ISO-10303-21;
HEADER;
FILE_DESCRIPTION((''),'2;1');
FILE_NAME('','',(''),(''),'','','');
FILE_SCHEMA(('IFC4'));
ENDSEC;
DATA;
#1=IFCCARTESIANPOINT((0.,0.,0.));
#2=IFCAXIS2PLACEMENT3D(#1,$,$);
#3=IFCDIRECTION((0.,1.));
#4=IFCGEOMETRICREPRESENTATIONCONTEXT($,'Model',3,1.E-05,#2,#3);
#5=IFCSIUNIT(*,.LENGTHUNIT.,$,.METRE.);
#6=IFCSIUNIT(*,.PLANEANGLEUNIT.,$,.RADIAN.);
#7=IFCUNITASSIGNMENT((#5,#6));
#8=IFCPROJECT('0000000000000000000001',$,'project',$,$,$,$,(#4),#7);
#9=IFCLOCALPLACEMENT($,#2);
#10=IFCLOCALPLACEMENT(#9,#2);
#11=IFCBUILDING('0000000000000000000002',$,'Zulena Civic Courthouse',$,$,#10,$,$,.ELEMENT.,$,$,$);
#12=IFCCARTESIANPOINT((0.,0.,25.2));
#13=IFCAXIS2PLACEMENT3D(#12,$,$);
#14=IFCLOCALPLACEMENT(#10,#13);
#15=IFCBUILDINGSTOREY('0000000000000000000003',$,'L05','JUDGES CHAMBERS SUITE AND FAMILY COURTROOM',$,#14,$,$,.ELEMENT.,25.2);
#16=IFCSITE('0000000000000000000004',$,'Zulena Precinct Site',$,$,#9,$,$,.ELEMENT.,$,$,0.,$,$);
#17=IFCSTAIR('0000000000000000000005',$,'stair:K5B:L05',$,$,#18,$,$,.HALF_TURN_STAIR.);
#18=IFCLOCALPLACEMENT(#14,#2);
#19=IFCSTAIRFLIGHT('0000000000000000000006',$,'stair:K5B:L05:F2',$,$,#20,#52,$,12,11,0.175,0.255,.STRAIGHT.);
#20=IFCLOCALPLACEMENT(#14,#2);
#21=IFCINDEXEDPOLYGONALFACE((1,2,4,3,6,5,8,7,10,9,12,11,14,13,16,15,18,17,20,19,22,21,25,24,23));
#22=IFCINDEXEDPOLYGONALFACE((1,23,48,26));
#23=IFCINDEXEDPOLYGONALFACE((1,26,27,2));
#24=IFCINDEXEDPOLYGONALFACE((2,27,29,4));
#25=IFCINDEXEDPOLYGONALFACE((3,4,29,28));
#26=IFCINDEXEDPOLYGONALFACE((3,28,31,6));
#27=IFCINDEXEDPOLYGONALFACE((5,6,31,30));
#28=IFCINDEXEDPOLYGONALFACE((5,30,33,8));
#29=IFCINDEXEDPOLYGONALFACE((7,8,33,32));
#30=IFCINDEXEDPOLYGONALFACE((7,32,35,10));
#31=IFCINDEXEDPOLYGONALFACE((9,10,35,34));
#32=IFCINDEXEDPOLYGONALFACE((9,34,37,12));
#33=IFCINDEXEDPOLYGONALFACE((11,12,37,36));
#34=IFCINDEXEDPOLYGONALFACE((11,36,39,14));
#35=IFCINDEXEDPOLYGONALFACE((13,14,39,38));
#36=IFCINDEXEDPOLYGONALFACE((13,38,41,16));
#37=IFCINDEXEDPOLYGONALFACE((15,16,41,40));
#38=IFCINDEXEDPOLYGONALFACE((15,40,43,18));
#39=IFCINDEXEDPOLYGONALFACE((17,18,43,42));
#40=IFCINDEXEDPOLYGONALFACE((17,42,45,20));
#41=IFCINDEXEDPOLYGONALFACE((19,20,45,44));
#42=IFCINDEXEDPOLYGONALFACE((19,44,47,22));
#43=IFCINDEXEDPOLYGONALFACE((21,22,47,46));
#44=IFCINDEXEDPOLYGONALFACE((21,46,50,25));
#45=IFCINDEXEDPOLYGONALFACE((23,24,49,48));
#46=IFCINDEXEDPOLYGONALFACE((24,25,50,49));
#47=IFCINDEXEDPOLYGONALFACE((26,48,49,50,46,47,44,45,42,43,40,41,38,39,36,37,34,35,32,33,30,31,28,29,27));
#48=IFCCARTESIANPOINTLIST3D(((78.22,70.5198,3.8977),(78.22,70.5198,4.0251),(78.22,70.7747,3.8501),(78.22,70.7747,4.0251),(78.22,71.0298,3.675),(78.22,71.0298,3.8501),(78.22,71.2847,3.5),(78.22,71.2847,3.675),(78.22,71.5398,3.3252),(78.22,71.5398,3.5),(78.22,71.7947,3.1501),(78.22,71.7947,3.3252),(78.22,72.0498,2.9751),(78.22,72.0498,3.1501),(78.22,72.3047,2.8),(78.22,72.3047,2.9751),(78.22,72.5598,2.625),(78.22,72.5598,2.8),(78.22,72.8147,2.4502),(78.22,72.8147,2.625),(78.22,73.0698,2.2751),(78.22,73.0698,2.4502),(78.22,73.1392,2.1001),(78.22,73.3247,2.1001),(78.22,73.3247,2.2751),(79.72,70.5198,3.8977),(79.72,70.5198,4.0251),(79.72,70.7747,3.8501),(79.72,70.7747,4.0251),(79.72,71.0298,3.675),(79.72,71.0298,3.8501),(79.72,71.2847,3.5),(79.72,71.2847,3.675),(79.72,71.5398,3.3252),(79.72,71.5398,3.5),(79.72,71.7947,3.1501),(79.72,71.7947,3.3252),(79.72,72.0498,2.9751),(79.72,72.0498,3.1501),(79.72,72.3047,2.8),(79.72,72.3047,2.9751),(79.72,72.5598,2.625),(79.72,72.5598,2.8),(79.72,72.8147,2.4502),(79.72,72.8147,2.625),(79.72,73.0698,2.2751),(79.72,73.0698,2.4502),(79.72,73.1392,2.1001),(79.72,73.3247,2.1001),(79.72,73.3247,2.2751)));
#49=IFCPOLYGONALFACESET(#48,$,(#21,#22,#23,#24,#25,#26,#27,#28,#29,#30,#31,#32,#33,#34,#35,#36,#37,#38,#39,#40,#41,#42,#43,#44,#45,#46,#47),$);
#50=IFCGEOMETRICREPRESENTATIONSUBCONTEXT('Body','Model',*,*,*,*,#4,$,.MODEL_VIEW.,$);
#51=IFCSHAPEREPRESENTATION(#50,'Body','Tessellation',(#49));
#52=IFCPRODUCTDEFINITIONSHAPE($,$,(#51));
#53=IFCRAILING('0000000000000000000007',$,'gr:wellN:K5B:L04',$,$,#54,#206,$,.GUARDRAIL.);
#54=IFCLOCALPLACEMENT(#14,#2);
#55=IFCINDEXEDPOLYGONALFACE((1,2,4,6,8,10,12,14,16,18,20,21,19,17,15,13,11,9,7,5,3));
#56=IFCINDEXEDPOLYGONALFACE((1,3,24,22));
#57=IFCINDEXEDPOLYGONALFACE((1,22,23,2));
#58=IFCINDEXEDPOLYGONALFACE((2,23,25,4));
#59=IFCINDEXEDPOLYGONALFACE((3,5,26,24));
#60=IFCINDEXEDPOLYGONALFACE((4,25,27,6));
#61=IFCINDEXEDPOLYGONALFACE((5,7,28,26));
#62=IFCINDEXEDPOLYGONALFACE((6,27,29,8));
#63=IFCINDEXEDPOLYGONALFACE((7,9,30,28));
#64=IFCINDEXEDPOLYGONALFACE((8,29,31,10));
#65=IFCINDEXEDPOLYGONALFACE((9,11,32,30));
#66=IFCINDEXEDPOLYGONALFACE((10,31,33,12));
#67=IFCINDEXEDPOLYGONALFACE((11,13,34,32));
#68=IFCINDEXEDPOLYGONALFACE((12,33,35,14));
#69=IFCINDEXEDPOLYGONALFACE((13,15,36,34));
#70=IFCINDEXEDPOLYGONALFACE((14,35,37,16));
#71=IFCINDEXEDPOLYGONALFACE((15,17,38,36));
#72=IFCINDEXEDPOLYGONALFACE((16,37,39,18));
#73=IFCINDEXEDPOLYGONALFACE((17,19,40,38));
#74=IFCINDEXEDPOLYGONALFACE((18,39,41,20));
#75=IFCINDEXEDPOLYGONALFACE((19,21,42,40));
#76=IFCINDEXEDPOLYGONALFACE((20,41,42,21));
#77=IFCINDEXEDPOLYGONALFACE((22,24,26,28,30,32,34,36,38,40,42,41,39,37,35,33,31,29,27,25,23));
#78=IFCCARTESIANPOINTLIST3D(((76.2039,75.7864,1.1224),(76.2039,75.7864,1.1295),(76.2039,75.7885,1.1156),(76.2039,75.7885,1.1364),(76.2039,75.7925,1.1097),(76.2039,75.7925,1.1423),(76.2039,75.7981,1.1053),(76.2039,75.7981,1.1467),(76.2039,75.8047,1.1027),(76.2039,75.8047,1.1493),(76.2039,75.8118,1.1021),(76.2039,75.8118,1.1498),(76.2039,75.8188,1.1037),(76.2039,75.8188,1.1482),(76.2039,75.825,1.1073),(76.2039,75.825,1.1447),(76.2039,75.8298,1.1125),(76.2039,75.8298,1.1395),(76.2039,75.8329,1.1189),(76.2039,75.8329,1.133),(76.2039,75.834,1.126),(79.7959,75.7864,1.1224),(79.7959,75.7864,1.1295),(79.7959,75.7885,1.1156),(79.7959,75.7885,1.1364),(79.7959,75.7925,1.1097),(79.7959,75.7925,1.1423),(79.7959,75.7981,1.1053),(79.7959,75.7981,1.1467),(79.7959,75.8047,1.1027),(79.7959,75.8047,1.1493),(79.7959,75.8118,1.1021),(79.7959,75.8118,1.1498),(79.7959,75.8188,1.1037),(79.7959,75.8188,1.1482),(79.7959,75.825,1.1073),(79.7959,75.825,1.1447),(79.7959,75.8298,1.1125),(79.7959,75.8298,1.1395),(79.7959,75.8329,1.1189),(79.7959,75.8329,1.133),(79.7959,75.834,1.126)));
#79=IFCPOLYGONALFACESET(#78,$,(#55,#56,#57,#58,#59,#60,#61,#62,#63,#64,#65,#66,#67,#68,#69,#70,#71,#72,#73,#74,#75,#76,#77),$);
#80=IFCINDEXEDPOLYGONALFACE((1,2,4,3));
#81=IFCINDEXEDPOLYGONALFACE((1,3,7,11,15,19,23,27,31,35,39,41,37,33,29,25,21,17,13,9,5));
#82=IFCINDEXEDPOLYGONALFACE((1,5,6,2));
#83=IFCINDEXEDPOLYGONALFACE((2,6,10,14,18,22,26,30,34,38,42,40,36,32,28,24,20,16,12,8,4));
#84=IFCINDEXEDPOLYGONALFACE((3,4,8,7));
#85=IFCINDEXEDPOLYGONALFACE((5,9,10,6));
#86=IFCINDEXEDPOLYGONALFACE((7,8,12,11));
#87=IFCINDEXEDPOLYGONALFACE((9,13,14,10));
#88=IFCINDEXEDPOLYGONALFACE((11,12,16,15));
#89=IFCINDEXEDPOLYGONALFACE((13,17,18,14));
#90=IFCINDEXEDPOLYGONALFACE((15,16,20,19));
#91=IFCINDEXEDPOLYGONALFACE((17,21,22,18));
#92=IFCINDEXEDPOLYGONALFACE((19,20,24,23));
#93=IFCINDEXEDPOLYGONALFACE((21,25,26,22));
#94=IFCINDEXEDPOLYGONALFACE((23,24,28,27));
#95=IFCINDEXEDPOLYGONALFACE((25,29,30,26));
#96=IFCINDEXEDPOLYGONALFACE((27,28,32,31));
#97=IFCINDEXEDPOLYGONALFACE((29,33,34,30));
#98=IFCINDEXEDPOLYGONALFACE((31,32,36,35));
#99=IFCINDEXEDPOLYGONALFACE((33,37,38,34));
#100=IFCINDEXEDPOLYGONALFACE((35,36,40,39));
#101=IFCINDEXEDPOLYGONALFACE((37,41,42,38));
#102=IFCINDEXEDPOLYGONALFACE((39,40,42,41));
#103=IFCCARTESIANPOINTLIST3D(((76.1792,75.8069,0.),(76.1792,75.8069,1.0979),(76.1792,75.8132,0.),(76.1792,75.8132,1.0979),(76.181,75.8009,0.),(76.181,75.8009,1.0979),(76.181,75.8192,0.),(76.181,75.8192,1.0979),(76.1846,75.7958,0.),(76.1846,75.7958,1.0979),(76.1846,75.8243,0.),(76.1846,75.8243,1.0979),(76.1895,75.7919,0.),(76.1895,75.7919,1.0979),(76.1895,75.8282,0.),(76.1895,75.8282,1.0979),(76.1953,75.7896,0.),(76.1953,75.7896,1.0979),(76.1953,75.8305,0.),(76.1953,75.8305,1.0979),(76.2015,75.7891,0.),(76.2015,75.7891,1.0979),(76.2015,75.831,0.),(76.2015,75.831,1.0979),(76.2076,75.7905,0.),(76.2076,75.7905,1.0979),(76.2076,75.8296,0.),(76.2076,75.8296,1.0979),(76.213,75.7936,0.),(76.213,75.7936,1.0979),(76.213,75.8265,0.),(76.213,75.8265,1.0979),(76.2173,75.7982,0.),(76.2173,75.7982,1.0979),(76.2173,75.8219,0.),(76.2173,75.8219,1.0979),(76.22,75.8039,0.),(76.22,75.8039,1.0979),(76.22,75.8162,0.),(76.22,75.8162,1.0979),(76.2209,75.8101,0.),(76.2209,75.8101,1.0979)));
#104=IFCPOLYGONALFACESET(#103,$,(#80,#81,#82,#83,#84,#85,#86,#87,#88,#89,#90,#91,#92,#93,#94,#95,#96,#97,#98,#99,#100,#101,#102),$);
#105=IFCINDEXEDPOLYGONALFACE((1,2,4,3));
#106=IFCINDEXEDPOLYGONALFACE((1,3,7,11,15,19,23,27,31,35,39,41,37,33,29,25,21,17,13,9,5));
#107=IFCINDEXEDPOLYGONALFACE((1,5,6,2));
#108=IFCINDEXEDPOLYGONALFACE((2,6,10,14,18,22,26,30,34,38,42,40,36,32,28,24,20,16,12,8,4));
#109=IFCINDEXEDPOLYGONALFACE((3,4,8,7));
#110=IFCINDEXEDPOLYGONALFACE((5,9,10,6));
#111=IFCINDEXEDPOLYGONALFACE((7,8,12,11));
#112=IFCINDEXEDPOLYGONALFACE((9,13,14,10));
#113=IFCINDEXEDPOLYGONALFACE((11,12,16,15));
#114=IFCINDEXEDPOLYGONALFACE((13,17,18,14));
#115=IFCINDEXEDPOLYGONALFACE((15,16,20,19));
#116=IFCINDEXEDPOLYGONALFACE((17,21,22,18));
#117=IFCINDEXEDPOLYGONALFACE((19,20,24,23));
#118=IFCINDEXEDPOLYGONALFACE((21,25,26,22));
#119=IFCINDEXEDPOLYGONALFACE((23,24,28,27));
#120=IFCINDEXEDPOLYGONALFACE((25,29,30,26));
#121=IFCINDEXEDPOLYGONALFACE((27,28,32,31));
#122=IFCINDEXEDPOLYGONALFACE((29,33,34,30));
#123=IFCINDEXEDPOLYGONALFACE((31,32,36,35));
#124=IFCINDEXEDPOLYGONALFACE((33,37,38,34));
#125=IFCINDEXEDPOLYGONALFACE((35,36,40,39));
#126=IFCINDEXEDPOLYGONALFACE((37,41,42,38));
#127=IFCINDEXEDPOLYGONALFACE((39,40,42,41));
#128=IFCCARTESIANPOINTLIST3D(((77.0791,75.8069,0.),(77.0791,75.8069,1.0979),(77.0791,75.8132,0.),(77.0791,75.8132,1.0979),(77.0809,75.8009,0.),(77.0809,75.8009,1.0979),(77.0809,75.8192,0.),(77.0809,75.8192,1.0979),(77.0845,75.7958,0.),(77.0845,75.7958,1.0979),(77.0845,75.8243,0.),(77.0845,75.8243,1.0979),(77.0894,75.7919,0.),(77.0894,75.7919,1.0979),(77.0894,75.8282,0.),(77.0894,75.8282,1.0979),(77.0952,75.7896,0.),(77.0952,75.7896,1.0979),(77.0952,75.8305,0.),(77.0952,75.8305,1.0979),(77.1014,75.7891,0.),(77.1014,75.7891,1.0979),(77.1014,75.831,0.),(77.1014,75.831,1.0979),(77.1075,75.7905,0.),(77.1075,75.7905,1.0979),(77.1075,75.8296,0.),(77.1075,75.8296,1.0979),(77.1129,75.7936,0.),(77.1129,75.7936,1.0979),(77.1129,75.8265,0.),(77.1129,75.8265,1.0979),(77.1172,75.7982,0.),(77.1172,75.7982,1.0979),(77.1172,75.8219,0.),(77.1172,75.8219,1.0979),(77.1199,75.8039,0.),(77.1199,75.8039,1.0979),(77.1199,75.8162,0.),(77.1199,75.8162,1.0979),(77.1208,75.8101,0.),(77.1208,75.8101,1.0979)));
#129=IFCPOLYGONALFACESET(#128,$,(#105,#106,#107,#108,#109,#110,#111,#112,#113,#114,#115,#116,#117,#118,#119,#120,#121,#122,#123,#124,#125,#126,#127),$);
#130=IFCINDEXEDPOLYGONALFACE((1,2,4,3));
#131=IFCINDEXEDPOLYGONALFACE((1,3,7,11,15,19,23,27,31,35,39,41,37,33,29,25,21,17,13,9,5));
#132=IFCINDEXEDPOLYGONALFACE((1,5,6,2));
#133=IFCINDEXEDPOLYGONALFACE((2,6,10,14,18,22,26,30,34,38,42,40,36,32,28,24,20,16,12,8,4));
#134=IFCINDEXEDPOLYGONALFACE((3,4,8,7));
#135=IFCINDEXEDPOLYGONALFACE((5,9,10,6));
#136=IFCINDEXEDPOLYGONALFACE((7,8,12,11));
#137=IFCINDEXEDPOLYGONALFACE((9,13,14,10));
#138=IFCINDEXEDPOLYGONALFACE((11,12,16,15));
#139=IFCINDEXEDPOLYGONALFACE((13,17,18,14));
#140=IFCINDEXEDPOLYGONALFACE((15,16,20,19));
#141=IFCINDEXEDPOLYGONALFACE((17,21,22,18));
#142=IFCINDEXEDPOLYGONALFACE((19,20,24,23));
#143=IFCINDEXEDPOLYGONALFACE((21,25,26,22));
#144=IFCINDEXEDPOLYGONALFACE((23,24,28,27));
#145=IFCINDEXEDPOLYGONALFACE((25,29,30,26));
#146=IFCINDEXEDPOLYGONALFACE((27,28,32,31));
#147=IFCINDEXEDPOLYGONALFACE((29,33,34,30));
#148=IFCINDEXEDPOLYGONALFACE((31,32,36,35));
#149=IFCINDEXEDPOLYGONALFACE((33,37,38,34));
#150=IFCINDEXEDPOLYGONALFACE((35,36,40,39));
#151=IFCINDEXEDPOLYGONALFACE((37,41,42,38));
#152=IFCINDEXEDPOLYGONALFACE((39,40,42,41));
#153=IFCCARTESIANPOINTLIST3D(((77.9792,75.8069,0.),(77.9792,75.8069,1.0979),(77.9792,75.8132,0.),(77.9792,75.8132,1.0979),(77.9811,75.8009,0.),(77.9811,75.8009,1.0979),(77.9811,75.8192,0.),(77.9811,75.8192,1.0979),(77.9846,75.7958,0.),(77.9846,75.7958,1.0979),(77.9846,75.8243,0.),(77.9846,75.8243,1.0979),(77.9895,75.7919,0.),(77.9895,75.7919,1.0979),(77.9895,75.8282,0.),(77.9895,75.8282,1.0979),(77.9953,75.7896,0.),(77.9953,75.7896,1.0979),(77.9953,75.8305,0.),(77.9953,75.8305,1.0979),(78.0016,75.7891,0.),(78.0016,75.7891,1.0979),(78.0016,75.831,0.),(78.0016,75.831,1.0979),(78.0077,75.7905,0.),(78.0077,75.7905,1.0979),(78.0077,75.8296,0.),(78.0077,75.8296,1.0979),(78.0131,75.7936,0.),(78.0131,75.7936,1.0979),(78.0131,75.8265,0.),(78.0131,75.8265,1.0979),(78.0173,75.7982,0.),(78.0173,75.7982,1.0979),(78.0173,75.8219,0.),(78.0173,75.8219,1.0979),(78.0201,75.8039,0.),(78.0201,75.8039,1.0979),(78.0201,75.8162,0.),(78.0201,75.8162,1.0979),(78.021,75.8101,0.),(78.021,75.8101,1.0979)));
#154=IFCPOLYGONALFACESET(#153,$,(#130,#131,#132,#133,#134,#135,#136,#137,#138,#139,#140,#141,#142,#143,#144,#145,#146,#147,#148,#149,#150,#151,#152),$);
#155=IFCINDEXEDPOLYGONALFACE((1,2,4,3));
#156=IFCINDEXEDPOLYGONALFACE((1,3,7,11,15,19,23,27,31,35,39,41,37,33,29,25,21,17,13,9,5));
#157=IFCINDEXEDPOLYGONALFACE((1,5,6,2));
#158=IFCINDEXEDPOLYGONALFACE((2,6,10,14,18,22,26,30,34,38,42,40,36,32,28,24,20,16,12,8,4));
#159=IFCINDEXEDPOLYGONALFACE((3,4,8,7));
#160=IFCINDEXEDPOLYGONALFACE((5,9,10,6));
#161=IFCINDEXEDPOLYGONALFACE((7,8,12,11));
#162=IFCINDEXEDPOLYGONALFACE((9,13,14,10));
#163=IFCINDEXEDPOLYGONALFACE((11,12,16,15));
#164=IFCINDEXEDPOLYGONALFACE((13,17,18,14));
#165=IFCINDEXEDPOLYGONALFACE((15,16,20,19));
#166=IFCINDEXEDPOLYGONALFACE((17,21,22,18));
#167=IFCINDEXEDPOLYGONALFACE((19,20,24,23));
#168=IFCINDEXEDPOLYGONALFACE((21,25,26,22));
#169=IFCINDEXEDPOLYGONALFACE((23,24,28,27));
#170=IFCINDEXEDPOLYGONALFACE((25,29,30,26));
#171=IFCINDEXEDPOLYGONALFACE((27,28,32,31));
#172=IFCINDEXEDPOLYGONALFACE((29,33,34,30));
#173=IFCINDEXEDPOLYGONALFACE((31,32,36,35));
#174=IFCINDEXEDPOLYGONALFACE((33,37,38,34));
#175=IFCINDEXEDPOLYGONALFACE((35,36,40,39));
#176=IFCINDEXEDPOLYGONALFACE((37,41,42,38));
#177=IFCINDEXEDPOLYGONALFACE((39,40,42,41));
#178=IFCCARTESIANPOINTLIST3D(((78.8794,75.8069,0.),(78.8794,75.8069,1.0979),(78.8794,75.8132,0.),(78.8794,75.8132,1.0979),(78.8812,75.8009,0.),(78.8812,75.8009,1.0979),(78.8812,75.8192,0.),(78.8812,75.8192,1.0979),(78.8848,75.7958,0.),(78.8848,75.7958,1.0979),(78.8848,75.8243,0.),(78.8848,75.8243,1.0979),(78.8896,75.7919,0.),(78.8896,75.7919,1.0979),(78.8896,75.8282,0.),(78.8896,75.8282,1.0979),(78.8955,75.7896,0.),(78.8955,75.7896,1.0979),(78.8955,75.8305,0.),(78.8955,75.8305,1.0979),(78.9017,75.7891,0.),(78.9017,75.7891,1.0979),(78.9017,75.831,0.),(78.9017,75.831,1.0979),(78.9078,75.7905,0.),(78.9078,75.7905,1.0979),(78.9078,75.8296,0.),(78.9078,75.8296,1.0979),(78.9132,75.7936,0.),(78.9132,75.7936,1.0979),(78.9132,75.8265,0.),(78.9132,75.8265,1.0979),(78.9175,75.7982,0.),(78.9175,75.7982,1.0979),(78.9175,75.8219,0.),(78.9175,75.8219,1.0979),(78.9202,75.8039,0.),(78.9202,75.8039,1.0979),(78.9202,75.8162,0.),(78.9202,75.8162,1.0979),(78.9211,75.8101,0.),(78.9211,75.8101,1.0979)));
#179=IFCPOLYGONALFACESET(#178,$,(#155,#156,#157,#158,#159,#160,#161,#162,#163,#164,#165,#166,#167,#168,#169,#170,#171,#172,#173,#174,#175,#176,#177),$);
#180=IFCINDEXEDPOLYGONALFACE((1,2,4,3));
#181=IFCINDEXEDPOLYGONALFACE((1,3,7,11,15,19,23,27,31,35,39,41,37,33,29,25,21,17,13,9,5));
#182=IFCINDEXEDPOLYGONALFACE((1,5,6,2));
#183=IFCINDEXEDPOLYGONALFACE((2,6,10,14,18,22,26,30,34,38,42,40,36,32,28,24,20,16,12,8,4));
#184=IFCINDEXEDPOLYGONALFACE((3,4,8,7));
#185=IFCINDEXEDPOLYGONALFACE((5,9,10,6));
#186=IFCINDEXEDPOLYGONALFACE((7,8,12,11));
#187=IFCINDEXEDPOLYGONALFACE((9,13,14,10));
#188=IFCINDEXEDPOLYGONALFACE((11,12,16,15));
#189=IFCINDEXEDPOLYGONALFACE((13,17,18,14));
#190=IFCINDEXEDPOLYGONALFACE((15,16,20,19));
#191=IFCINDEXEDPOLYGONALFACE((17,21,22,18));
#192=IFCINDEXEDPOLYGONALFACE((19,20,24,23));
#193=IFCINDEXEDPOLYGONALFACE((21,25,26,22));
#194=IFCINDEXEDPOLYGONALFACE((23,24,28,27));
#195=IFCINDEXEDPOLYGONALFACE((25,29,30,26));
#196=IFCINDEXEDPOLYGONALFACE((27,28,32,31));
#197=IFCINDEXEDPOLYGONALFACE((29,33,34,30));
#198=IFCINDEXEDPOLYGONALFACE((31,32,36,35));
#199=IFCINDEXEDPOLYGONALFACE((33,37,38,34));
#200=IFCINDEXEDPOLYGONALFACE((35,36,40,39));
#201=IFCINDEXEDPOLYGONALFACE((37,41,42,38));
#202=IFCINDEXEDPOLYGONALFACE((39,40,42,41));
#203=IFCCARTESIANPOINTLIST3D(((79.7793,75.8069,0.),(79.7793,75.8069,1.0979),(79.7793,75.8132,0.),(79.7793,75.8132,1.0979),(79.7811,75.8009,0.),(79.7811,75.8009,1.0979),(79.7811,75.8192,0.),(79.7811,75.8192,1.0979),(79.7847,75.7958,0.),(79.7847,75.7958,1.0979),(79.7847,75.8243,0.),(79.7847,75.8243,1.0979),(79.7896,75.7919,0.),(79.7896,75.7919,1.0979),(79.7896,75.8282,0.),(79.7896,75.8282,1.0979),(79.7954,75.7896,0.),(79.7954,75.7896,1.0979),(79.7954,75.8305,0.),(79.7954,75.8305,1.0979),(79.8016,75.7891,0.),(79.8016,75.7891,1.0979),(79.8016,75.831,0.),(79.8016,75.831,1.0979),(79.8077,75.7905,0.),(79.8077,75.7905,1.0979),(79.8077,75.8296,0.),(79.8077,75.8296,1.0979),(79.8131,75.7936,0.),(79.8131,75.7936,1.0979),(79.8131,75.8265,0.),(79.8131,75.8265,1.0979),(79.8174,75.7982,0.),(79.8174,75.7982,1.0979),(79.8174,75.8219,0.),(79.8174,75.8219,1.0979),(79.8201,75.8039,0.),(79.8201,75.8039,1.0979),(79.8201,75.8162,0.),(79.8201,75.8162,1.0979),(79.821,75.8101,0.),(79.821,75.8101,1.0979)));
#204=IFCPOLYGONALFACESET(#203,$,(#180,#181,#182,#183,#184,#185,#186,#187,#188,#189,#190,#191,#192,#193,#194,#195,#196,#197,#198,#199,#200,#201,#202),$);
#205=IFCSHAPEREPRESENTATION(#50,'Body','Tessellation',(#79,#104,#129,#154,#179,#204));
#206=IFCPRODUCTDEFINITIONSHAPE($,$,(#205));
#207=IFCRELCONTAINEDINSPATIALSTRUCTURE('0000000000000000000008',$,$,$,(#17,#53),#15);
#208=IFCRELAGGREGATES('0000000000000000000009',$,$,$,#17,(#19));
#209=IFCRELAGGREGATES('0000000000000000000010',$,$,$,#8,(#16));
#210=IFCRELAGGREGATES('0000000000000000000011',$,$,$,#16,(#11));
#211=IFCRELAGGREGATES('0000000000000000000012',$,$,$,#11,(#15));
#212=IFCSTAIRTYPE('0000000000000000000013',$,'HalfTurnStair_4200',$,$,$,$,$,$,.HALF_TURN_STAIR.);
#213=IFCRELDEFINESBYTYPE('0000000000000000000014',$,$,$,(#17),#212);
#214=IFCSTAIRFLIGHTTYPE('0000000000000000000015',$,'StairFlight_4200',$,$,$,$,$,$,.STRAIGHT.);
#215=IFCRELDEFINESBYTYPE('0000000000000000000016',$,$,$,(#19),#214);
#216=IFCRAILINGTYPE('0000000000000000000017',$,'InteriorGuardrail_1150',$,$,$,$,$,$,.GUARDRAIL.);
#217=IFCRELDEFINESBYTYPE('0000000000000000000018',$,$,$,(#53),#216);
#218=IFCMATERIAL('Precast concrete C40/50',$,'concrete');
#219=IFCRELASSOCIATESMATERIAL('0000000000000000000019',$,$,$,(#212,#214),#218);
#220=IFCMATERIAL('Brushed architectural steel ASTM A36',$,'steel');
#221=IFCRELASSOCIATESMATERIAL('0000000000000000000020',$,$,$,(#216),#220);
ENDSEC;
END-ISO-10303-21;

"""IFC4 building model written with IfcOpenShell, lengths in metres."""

from ifc_helpers import new_model, si_unit, direction, frame, origin, origin_2d, place, context, subcontext, project, spatial, polyline, circle, outline, extrude, material, type_object, element, aggregate, save


model = new_model("IFC4")

# Units and contexts
model_context = context("Model", 3, precision=1e-05, world=origin(), true_north=direction((0.0, 1.0)))
body_context = subcontext(model_context, "Body", "Model", "MODEL_VIEW")
ifc_project = project(units=[si_unit("LENGTHUNIT", "METRE"), si_unit("PLANEANGLEUNIT", "RADIAN")], contexts=[model_context])

# Site, building, storey
site_placement = place(None, origin())
site = spatial("IfcSite", under=ifc_project, at=site_placement, Name="Zulena Precinct Site", CompositionType="ELEMENT", RefElevation=0.0)
building_placement = place(site_placement, origin())
building = spatial("IfcBuilding", under=site, at=building_placement, Name="Zulena Civic Courthouse", CompositionType="ELEMENT")
storey_placement = place(building_placement, frame((0.0, 0.0, 25.2)))
storey = spatial("IfcBuildingStorey", under=building, at=storey_placement, Name="L05", Description="JUDGES CHAMBERS SUITE AND FAMILY COURTROOM", CompositionType="ELEMENT", Elevation=25.2)

# Stair, stair flight
ifc_material_1 = material(Name="Precast concrete C40/50", Category="concrete")
stair_type = type_object("IfcStairType", Name="HalfTurnStair_4200", PredefinedType="HALF_TURN_STAIR", material=ifc_material_1)
stair_placement = place(storey_placement, origin())
stair = element("IfcStair", 1, at=stair_placement, inside=storey, type_object=stair_type, Name="stair:K5B:L05", PredefinedType="HALF_TURN_STAIR")
stair_flight_type = type_object("IfcStairFlightType", Name="StairFlight_4200", PredefinedType="STRAIGHT", material=ifc_material_1)
stair_flight_1_placement = place(storey_placement, frame((78.97, 73.3247, 2.1001), z_axis=(0.0, 0.0, 1.0), x_axis=(0.0, -1.0, 0.0)))
stair_flight_1 = element("IfcStairFlight", 2, at=stair_flight_1_placement, type_object=stair_flight_type, Name="stair:K5B:L05:F2", NumberOfRisers=12, NumberOfTreads=11, PredefinedType="STRAIGHT", RiserHeight=0.175, TreadLength=0.255, context=body_context, shape_type="SweptSolid", body=[
    extrude(outline(polyline([(0.0, 0.0), (0.0, 0.175), (0.2549, 0.175), (0.2549, 0.3501), (0.51, 0.3501), (0.51, 0.5249), (0.7649, 0.5249), (0.7649, 0.7), (1.02, 0.7), (1.02, 0.875), (1.2749, 0.875), (1.2749, 1.05), (1.53, 1.05), (1.53, 1.2251), (1.7849, 1.2251), (1.7849, 1.3999), (2.04, 1.3999), (2.04, 1.575), (2.2949, 1.575), (2.2949, 1.75), (2.55, 1.75), (2.55, 1.925), (2.8049, 1.925), (2.8049, 2.1001), (2.8049, 1.7976), (0.1855, 0.0), (0.0, 0.0)])), frame((0.0, 0.75, 0.0), z_axis=(0.0, -1.0, 0.0), x_axis=(1.0, 0.0, 0.0)), (0.0, 0.0, 1.0), 1.5),
])
aggregate(stair, [stair_flight_1])

# Railing
ifc_material_2 = material(Name="Brushed architectural steel ASTM A36", Category="steel")
railing_type_1 = type_object("IfcRailingType", Name="InteriorGuardrail_1150", PredefinedType="GUARDRAIL", material=ifc_material_2)
railing_1_placement = place(storey_placement, frame((76.2, 75.8101, 0.0)))
element("IfcRailing", 3, at=railing_1_placement, inside=storey, type_object=railing_type_1, Name="gr:wellN:K5B:L04", PredefinedType="GUARDRAIL", context=body_context, shape_type="SweptSolid", body=[
    extrude(circle(Radius=0.0239, at=origin_2d()), frame((0.0039, 0.0, 1.126), z_axis=(1.0, 0.0, 0.0), x_axis=(0.0, 1.0, 0.0)), (0.0, 0.0, 1.0), 3.592),
    extrude(circle(Radius=0.021, at=origin_2d()), origin(), (0.0, 0.0, 1.0), 1.0979),
    extrude(circle(Radius=0.021, at=origin_2d()), frame((0.8999, 0.0, 0.0)), (0.0, 0.0, 1.0), 1.0979),
    extrude(circle(Radius=0.021, at=origin_2d()), frame((1.8, 0.0, 0.0)), (0.0, 0.0, 1.0), 1.0979),
    extrude(circle(Radius=0.021, at=origin_2d()), frame((2.7002, 0.0, 0.0)), (0.0, 0.0, 1.0), 1.0979),
    extrude(circle(Radius=0.021, at=origin_2d()), frame((3.6001, 0.0, 0.0)), (0.0, 0.0, 1.0), 1.0979),
])

save(model, "model.ifc")
